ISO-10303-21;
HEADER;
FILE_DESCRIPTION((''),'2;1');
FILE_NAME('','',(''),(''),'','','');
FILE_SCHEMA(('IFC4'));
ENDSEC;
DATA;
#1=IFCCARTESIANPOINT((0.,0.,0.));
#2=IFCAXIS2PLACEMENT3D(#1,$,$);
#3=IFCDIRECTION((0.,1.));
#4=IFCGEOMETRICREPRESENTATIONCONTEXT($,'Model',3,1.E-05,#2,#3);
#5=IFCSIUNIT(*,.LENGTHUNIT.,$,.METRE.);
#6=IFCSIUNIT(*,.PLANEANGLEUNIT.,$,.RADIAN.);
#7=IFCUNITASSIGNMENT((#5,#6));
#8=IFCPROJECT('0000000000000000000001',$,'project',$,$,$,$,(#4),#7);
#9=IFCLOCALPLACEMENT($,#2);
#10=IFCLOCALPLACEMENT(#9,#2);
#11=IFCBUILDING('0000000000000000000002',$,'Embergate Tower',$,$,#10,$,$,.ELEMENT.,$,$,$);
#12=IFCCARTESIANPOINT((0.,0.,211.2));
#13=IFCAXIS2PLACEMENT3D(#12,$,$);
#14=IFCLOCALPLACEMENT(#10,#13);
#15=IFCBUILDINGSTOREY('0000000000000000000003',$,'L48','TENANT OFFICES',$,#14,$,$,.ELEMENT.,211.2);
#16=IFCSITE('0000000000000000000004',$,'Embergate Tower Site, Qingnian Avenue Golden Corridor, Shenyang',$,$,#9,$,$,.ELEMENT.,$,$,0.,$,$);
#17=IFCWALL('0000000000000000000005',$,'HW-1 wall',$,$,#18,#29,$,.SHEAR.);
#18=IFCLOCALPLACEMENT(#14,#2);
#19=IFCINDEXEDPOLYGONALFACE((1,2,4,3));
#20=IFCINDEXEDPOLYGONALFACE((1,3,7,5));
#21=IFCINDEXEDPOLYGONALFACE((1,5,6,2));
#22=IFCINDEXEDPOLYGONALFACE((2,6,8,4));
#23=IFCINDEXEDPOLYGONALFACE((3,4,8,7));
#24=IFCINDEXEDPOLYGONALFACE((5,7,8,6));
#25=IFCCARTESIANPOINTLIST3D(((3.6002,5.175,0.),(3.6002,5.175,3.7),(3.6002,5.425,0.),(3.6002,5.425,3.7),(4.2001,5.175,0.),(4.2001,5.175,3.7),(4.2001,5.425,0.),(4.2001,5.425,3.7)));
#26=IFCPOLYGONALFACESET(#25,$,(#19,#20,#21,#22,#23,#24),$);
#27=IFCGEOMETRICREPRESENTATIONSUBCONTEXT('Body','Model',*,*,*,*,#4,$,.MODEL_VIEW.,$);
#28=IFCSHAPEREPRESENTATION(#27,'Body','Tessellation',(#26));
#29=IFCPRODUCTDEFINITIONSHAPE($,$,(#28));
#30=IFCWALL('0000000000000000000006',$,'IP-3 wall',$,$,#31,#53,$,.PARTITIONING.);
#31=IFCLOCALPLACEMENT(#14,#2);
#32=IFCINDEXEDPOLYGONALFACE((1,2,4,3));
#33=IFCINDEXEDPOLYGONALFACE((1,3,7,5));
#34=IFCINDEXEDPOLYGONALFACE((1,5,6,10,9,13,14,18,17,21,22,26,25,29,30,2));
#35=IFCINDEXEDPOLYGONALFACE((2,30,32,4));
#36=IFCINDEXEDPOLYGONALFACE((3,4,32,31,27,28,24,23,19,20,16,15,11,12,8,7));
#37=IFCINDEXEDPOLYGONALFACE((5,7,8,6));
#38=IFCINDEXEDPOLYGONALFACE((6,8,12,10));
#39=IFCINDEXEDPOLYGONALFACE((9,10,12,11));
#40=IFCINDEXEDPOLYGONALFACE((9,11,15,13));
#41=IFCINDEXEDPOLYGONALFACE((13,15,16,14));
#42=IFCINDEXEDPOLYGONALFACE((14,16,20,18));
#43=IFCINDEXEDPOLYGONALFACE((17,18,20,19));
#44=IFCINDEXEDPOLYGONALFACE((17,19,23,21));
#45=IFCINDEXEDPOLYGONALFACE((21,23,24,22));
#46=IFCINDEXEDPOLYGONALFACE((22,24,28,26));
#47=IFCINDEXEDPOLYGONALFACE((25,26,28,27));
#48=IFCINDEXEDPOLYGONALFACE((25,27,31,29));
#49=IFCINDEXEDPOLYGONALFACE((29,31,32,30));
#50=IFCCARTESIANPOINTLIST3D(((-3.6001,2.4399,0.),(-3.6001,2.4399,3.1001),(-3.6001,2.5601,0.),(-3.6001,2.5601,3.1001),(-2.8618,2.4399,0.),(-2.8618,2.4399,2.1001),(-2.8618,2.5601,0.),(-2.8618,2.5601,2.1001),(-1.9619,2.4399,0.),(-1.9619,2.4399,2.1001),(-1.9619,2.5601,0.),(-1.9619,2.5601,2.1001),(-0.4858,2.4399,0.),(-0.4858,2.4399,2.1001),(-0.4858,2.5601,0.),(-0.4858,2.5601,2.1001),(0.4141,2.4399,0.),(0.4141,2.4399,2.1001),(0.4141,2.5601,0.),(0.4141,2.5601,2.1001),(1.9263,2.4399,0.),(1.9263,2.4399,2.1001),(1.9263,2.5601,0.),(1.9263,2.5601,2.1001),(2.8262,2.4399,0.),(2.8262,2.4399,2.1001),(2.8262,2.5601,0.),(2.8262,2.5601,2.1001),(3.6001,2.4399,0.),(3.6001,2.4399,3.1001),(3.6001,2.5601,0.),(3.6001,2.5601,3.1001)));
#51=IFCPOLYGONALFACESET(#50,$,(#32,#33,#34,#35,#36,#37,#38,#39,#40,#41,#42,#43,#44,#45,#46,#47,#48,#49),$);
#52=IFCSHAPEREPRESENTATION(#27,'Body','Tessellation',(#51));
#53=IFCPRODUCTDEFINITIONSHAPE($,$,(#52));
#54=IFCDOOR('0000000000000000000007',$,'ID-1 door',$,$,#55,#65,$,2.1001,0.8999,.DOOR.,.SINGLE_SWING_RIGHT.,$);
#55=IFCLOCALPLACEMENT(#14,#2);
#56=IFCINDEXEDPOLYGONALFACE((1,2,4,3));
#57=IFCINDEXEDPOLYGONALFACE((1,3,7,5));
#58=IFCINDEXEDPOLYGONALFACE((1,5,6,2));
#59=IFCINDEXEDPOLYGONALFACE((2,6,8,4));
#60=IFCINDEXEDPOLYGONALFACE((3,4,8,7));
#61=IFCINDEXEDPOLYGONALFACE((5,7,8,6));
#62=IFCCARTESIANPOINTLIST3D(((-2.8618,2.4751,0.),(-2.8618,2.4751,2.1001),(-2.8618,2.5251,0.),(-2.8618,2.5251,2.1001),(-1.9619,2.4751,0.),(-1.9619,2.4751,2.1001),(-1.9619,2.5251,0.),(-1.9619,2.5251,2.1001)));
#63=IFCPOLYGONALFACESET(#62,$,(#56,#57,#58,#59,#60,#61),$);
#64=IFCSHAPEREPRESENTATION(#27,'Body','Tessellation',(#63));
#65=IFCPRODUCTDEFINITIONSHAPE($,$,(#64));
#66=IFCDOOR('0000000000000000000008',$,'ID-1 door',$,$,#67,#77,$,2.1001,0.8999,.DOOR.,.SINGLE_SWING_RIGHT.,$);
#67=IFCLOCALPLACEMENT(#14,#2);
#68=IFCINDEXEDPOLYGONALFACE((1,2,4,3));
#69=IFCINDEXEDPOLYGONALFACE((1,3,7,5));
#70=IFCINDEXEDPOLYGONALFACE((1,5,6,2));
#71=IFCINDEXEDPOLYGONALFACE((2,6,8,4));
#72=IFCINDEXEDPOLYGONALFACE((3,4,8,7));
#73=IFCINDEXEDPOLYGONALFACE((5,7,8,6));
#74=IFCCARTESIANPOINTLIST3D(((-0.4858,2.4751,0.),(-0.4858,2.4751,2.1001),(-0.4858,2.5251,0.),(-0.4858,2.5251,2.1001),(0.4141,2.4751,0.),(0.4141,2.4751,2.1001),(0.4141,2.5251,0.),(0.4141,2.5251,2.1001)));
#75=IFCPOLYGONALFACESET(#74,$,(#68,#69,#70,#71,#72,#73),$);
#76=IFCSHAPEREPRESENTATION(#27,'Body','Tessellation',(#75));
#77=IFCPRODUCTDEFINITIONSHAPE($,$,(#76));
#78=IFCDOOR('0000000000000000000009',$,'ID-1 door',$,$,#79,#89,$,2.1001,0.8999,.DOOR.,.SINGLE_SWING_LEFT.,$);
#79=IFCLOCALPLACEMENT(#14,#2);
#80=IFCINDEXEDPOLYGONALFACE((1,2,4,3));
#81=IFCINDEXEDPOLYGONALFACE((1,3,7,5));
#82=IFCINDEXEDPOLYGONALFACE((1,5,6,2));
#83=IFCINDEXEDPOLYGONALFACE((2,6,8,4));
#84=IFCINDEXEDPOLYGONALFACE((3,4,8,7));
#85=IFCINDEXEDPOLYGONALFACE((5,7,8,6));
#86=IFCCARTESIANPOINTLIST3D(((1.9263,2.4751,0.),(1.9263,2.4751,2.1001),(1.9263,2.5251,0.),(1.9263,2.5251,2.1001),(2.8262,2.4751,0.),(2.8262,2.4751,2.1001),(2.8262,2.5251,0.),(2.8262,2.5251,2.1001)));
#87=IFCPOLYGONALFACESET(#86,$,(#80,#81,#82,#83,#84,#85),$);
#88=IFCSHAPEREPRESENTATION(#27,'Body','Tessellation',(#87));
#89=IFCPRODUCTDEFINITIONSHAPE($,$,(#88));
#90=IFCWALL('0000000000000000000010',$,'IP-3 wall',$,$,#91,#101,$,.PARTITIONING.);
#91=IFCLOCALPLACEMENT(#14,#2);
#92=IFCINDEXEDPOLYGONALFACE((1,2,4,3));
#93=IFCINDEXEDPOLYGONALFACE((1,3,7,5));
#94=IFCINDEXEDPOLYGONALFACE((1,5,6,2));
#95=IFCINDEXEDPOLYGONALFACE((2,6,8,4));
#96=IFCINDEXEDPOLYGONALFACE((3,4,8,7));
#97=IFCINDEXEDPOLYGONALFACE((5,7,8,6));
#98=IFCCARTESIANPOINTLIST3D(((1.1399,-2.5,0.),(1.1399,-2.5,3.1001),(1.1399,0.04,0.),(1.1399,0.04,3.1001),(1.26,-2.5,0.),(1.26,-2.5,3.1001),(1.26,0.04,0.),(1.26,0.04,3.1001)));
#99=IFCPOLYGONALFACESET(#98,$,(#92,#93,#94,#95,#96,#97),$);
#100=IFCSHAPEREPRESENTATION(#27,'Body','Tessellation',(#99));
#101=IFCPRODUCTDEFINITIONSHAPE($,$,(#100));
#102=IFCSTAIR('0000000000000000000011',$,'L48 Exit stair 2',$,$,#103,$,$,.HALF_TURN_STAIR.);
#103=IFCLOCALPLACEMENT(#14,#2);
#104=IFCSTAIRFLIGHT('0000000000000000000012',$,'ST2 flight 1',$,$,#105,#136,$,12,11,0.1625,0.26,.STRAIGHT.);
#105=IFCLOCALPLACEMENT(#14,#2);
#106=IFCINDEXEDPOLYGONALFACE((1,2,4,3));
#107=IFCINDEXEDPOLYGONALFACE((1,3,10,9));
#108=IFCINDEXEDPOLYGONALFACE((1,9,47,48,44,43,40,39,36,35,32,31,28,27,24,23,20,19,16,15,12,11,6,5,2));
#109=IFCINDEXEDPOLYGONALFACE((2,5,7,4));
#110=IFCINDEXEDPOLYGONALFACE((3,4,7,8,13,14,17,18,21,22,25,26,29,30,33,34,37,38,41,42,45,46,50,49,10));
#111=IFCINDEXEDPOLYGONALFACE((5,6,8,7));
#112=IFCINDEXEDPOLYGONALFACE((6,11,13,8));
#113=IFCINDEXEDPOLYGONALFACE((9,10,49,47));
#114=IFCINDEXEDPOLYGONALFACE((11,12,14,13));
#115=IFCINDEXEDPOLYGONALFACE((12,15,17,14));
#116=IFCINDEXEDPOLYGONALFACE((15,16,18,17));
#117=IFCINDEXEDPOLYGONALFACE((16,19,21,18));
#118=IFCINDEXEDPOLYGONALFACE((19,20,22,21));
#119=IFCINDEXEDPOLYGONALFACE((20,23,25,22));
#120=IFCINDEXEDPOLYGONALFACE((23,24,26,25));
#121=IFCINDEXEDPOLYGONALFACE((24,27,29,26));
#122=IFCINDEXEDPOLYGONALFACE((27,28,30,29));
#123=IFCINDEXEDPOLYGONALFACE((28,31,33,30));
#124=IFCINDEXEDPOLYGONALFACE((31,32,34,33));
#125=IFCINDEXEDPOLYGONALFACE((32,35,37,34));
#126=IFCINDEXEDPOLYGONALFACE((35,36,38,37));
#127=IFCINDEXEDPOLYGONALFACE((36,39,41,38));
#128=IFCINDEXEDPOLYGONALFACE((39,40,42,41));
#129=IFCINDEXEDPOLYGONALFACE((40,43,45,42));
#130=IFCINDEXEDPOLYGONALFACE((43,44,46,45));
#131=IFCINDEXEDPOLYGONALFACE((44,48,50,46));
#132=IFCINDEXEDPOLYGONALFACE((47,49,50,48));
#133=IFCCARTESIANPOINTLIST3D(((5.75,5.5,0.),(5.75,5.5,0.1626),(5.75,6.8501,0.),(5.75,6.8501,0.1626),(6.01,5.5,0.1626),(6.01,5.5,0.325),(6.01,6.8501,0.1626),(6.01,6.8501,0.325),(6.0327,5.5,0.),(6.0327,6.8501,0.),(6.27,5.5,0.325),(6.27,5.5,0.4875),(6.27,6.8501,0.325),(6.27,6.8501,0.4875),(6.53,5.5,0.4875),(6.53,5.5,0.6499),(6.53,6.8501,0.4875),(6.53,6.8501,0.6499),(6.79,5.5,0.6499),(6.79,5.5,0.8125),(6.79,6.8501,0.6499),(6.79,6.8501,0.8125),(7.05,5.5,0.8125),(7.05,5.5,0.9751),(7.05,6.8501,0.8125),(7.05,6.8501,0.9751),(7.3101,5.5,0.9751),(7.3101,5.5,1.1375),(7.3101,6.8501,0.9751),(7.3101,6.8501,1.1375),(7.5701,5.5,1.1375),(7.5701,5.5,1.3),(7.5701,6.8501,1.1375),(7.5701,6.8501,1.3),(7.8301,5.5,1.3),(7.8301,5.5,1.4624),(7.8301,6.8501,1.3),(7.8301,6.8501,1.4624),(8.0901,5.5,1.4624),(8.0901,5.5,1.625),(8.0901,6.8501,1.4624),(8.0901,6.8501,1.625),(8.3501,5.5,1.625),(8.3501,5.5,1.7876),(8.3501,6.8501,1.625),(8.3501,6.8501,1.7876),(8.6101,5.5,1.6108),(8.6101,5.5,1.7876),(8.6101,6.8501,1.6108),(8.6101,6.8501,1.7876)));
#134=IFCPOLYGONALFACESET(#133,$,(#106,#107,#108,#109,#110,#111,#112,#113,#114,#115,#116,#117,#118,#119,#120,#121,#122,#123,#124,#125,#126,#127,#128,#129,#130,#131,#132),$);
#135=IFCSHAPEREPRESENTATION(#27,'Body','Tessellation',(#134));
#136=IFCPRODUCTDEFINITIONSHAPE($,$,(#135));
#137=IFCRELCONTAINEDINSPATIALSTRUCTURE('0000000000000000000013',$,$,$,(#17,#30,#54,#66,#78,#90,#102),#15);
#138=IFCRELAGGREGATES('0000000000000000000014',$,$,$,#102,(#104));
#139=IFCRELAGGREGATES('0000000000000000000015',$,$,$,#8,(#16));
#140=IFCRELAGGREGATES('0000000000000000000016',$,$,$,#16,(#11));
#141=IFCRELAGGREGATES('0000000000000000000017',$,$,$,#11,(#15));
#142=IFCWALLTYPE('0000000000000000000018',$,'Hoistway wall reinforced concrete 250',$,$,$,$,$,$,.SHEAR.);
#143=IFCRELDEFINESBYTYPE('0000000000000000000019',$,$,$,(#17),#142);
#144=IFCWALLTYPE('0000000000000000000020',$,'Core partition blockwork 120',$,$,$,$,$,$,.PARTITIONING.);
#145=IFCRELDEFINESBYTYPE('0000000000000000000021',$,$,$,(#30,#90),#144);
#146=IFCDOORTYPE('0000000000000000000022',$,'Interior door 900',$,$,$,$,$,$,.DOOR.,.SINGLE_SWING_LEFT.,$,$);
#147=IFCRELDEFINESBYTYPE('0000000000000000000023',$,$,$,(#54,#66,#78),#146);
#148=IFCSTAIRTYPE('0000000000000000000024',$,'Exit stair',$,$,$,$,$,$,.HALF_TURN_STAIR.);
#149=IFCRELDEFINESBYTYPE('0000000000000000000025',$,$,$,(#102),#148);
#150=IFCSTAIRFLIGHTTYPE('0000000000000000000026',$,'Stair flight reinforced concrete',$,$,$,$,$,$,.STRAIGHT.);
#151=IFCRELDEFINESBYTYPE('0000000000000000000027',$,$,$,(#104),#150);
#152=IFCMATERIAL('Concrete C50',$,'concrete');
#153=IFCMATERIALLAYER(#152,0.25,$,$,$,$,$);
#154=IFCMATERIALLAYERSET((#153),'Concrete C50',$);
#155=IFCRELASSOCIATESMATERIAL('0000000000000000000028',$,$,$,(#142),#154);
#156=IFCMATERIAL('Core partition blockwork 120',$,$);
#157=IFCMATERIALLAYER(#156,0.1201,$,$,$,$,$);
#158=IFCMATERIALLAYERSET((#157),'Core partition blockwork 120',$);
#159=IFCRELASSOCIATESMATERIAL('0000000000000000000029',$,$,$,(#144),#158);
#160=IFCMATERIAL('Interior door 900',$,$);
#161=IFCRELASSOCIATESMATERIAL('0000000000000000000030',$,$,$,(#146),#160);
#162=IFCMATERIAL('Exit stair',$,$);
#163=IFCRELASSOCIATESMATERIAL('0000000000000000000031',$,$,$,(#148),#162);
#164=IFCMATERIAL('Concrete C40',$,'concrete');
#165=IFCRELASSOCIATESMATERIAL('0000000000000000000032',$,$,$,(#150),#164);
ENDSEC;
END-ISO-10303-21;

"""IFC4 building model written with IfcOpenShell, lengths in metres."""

from ifc_helpers import new_model, si_unit, direction, frame, frame_2d, origin, place, context, subcontext, project, spatial, polyline, rectangle, outline, extrude, source, transform, mapped, material, layer, layer_set, type_object, element, fill, aggregate, save


model = new_model("IFC4")

# Units and contexts
model_context = context("Model", 3, precision=1e-05, world=origin(), true_north=direction((0.0, 1.0)))
body_context = subcontext(model_context, "Body", "Model", "MODEL_VIEW")
ifc_project = project(units=[si_unit("LENGTHUNIT", "METRE"), si_unit("PLANEANGLEUNIT", "RADIAN")], contexts=[model_context])

# Site, building, storey
site_placement = place(None, origin())
site = spatial("IfcSite", under=ifc_project, at=site_placement, Name="Embergate Tower Site, Qingnian Avenue Golden Corridor, Shenyang", CompositionType="ELEMENT", RefElevation=0.0)
building_placement = place(site_placement, origin())
building = spatial("IfcBuilding", under=site, at=building_placement, Name="Embergate Tower", CompositionType="ELEMENT")
storey_placement = place(building_placement, frame((0.0, 0.0, 211.2)))
storey = spatial("IfcBuildingStorey", under=building, at=storey_placement, Name="L48", Description="TENANT OFFICES", CompositionType="ELEMENT", Elevation=211.2)

# Shared definitions
ifc_material_1 = material(Name="Concrete C50", Category="concrete")
ifc_layer_1 = layer(ifc_material_1, 0.25)
ifc_layer_set_1 = layer_set([ifc_layer_1], Name="Concrete C50")
wall_type_1 = type_object("IfcWallType", Name="Hoistway wall reinforced concrete 250", PredefinedType="SHEAR", material=ifc_layer_set_1)

# Shared definitions
ifc_material_2 = material(Name="Core partition blockwork 120")
ifc_layer_2 = layer(ifc_material_2, 0.1201)
ifc_layer_set_2 = layer_set([ifc_layer_2], Name="Core partition blockwork 120")
wall_type_2 = type_object("IfcWallType", Name="Core partition blockwork 120", PredefinedType="PARTITIONING", material=ifc_layer_set_2)

# Wall
shared_shape_1 = source(origin(), body_context, "Body", "SweptSolid", [
    extrude(rectangle(XDim=0.5999, YDim=0.25, at=frame_2d((0.2998, 0.0))), origin(), (0.0, 0.0, 1.0), 3.7),
])
wall_1_placement = place(storey_placement, frame((4.2, 5.3, 0.0), z_axis=(0.0, 0.0, 1.0), x_axis=(-1.0, 0.0, 0.0)))
element("IfcWall", 1, at=wall_1_placement, inside=storey, type_object=wall_type_1, Name="HW-1 wall", PredefinedType="SHEAR", context=body_context, shape_type="MappedRepresentation", body=[
    mapped(shared_shape_1, transform((0.0, 0.0, 0.0))),
])

# Wall, openings, doors
shared_shape_2 = source(origin(), body_context, "Body", "SweptSolid", [
    extrude(rectangle(XDim=7.2002, YDim=0.1201, at=frame_2d((3.6001, 0.0))), origin(), (0.0, 0.0, 1.0), 3.1001),
])
wall_2_placement = place(storey_placement, frame((3.6001, 2.5, 0.0), z_axis=(0.0, 0.0, 1.0), x_axis=(-1.0, 0.0, 0.0)))
wall_2 = element("IfcWall", 2, at=wall_2_placement, inside=storey, type_object=wall_type_2, Name="IP-3 wall", PredefinedType="PARTITIONING", context=body_context, shape_type="MappedRepresentation", body=[
    mapped(shared_shape_2, transform((0.0, 0.0, 0.0))),
])
shared_shape_3 = source(origin(), body_context, "Body", "SweptSolid", [
    extrude(rectangle(XDim=0.8999, YDim=2.1001, at=frame_2d((0.45, 1.05))), frame((0.0, 0.0701, 0.0), z_axis=(0.0, -1.0, 0.0), x_axis=(1.0, 0.0, 0.0)), (0.0, 0.0, 1.0), 0.1401),
])
opening_1_placement = place(wall_2_placement, frame((5.562, 0.0, 0.0)))
opening_1 = element("IfcOpeningElement", 3, at=opening_1_placement, cuts=wall_2, PredefinedType="OPENING", context=body_context, shape_type="MappedRepresentation", body=[
    mapped(shared_shape_3, transform((0.0, 0.0, 0.0))),
])
opening_2_placement = place(wall_2_placement, frame((3.186, 0.0, 0.0)))
opening_2 = element("IfcOpeningElement", 4, at=opening_2_placement, cuts=wall_2, PredefinedType="OPENING", context=body_context, shape_type="MappedRepresentation", body=[
    mapped(shared_shape_3, transform((0.0, 0.0, 0.0))),
])
opening_3_placement = place(wall_2_placement, frame((0.7739, 0.0, 0.0)))
opening_3 = element("IfcOpeningElement", 5, at=opening_3_placement, cuts=wall_2, PredefinedType="OPENING", context=body_context, shape_type="MappedRepresentation", body=[
    mapped(shared_shape_3, transform((0.0, 0.0, 0.0))),
])
ifc_material_3 = material(Name="Interior door 900")
door_type_1 = type_object("IfcDoorType", Name="Interior door 900", OperationType="SINGLE_SWING_LEFT", PredefinedType="DOOR", material=ifc_material_3)
shared_shape_4 = source(origin(), body_context, "Body", "SweptSolid", [
    extrude(rectangle(XDim=0.8999, YDim=2.1001, at=frame_2d((0.45, 1.05))), frame((0.0, 0.0249, 0.0), z_axis=(0.0, -1.0, 0.0), x_axis=(1.0, 0.0, 0.0)), (0.0, 0.0, 1.0), 0.05),
])
door_1_placement = place(opening_1_placement, origin())
door_1 = element("IfcDoor", 6, at=door_1_placement, inside=storey, type_object=door_type_1, Name="ID-1 door", OperationType="SINGLE_SWING_RIGHT", OverallHeight=2.1001, OverallWidth=0.8999, PredefinedType="DOOR", context=body_context, shape_type="MappedRepresentation", body=[
    mapped(shared_shape_4, transform((0.0, 0.0, 0.0))),
])
fill(opening_1, door_1)
door_2_placement = place(opening_2_placement, origin())
door_2 = element("IfcDoor", 7, at=door_2_placement, inside=storey, type_object=door_type_1, Name="ID-1 door", OperationType="SINGLE_SWING_RIGHT", OverallHeight=2.1001, OverallWidth=0.8999, PredefinedType="DOOR", context=body_context, shape_type="MappedRepresentation", body=[
    mapped(shared_shape_4, transform((0.0, 0.0, 0.0))),
])
fill(opening_2, door_2)
door_3_placement = place(opening_3_placement, origin())
door_3 = element("IfcDoor", 8, at=door_3_placement, inside=storey, type_object=door_type_1, Name="ID-1 door", OperationType="SINGLE_SWING_LEFT", OverallHeight=2.1001, OverallWidth=0.8999, PredefinedType="DOOR", context=body_context, shape_type="MappedRepresentation", body=[
    mapped(shared_shape_4, transform((0.0, 0.0, 0.0))),
])
fill(opening_3, door_3)

# Wall
shared_shape_5 = source(origin(), body_context, "Body", "SweptSolid", [
    extrude(rectangle(XDim=2.54, YDim=0.1201, at=frame_2d((1.27, 0.0))), origin(), (0.0, 0.0, 1.0), 3.1001),
])
wall_3_placement = place(storey_placement, frame((1.2, 0.04, 0.0), z_axis=(0.0, 0.0, 1.0), x_axis=(0.0, -1.0, 0.0)))
element("IfcWall", 9, at=wall_3_placement, inside=storey, type_object=wall_type_2, Name="IP-3 wall", PredefinedType="PARTITIONING", context=body_context, shape_type="MappedRepresentation", body=[
    mapped(shared_shape_5, transform((0.0, 0.0, 0.0))),
])

# Stair, stair flight
ifc_material_4 = material(Name="Exit stair")
stair_type = type_object("IfcStairType", Name="Exit stair", PredefinedType="HALF_TURN_STAIR", material=ifc_material_4)
stair_placement = place(storey_placement, origin())
stair = element("IfcStair", 10, at=stair_placement, inside=storey, type_object=stair_type, Name="L48 Exit stair 2", PredefinedType="HALF_TURN_STAIR")
ifc_material_5 = material(Name="Concrete C40", Category="concrete")
stair_flight_type = type_object("IfcStairFlightType", Name="Stair flight reinforced concrete", PredefinedType="STRAIGHT", material=ifc_material_5)
shared_shape_6 = source(origin(), body_context, "Body", "SweptSolid", [
    extrude(outline(polyline([(0.0, 0.0), (0.0, 0.1626), (0.26, 0.1626), (0.26, 0.325), (0.52, 0.325), (0.52, 0.4875), (0.78, 0.4875), (0.78, 0.6499), (1.04, 0.6499), (1.04, 0.8125), (1.3, 0.8125), (1.3, 0.9751), (1.5601, 0.9751), (1.5601, 1.1375), (1.8201, 1.1375), (1.8201, 1.3), (2.0801, 1.3), (2.0801, 1.4624), (2.3401, 1.4624), (2.3401, 1.625), (2.6001, 1.625), (2.6001, 1.7876), (2.8601, 1.7876), (2.8601, 1.95), (2.8601, 1.6108), (0.2827, 0.0), (0.0, 0.0)])), frame((0.0, 0.675, 0.0), z_axis=(0.0, -1.0, 0.0), x_axis=(1.0, 0.0, 0.0)), (0.0, 0.0, 1.0), 1.3501),
])
stair_flight_placement = place(storey_placement, frame((5.75, 6.175, 0.0), z_axis=(0.0, 0.0, 1.0), x_axis=(1.0, 0.0, 0.0)))
stair_flight = element("IfcStairFlight", 11, at=stair_flight_placement, type_object=stair_flight_type, Name="ST2 flight 1", NumberOfRisers=12, NumberOfTreads=11, PredefinedType="STRAIGHT", RiserHeight=0.1625, TreadLength=0.26, context=body_context, shape_type="MappedRepresentation", body=[
    mapped(shared_shape_6, transform((0.0, 0.0, 0.0))),
])
aggregate(stair, [stair_flight])

save(model, "model.ifc")
